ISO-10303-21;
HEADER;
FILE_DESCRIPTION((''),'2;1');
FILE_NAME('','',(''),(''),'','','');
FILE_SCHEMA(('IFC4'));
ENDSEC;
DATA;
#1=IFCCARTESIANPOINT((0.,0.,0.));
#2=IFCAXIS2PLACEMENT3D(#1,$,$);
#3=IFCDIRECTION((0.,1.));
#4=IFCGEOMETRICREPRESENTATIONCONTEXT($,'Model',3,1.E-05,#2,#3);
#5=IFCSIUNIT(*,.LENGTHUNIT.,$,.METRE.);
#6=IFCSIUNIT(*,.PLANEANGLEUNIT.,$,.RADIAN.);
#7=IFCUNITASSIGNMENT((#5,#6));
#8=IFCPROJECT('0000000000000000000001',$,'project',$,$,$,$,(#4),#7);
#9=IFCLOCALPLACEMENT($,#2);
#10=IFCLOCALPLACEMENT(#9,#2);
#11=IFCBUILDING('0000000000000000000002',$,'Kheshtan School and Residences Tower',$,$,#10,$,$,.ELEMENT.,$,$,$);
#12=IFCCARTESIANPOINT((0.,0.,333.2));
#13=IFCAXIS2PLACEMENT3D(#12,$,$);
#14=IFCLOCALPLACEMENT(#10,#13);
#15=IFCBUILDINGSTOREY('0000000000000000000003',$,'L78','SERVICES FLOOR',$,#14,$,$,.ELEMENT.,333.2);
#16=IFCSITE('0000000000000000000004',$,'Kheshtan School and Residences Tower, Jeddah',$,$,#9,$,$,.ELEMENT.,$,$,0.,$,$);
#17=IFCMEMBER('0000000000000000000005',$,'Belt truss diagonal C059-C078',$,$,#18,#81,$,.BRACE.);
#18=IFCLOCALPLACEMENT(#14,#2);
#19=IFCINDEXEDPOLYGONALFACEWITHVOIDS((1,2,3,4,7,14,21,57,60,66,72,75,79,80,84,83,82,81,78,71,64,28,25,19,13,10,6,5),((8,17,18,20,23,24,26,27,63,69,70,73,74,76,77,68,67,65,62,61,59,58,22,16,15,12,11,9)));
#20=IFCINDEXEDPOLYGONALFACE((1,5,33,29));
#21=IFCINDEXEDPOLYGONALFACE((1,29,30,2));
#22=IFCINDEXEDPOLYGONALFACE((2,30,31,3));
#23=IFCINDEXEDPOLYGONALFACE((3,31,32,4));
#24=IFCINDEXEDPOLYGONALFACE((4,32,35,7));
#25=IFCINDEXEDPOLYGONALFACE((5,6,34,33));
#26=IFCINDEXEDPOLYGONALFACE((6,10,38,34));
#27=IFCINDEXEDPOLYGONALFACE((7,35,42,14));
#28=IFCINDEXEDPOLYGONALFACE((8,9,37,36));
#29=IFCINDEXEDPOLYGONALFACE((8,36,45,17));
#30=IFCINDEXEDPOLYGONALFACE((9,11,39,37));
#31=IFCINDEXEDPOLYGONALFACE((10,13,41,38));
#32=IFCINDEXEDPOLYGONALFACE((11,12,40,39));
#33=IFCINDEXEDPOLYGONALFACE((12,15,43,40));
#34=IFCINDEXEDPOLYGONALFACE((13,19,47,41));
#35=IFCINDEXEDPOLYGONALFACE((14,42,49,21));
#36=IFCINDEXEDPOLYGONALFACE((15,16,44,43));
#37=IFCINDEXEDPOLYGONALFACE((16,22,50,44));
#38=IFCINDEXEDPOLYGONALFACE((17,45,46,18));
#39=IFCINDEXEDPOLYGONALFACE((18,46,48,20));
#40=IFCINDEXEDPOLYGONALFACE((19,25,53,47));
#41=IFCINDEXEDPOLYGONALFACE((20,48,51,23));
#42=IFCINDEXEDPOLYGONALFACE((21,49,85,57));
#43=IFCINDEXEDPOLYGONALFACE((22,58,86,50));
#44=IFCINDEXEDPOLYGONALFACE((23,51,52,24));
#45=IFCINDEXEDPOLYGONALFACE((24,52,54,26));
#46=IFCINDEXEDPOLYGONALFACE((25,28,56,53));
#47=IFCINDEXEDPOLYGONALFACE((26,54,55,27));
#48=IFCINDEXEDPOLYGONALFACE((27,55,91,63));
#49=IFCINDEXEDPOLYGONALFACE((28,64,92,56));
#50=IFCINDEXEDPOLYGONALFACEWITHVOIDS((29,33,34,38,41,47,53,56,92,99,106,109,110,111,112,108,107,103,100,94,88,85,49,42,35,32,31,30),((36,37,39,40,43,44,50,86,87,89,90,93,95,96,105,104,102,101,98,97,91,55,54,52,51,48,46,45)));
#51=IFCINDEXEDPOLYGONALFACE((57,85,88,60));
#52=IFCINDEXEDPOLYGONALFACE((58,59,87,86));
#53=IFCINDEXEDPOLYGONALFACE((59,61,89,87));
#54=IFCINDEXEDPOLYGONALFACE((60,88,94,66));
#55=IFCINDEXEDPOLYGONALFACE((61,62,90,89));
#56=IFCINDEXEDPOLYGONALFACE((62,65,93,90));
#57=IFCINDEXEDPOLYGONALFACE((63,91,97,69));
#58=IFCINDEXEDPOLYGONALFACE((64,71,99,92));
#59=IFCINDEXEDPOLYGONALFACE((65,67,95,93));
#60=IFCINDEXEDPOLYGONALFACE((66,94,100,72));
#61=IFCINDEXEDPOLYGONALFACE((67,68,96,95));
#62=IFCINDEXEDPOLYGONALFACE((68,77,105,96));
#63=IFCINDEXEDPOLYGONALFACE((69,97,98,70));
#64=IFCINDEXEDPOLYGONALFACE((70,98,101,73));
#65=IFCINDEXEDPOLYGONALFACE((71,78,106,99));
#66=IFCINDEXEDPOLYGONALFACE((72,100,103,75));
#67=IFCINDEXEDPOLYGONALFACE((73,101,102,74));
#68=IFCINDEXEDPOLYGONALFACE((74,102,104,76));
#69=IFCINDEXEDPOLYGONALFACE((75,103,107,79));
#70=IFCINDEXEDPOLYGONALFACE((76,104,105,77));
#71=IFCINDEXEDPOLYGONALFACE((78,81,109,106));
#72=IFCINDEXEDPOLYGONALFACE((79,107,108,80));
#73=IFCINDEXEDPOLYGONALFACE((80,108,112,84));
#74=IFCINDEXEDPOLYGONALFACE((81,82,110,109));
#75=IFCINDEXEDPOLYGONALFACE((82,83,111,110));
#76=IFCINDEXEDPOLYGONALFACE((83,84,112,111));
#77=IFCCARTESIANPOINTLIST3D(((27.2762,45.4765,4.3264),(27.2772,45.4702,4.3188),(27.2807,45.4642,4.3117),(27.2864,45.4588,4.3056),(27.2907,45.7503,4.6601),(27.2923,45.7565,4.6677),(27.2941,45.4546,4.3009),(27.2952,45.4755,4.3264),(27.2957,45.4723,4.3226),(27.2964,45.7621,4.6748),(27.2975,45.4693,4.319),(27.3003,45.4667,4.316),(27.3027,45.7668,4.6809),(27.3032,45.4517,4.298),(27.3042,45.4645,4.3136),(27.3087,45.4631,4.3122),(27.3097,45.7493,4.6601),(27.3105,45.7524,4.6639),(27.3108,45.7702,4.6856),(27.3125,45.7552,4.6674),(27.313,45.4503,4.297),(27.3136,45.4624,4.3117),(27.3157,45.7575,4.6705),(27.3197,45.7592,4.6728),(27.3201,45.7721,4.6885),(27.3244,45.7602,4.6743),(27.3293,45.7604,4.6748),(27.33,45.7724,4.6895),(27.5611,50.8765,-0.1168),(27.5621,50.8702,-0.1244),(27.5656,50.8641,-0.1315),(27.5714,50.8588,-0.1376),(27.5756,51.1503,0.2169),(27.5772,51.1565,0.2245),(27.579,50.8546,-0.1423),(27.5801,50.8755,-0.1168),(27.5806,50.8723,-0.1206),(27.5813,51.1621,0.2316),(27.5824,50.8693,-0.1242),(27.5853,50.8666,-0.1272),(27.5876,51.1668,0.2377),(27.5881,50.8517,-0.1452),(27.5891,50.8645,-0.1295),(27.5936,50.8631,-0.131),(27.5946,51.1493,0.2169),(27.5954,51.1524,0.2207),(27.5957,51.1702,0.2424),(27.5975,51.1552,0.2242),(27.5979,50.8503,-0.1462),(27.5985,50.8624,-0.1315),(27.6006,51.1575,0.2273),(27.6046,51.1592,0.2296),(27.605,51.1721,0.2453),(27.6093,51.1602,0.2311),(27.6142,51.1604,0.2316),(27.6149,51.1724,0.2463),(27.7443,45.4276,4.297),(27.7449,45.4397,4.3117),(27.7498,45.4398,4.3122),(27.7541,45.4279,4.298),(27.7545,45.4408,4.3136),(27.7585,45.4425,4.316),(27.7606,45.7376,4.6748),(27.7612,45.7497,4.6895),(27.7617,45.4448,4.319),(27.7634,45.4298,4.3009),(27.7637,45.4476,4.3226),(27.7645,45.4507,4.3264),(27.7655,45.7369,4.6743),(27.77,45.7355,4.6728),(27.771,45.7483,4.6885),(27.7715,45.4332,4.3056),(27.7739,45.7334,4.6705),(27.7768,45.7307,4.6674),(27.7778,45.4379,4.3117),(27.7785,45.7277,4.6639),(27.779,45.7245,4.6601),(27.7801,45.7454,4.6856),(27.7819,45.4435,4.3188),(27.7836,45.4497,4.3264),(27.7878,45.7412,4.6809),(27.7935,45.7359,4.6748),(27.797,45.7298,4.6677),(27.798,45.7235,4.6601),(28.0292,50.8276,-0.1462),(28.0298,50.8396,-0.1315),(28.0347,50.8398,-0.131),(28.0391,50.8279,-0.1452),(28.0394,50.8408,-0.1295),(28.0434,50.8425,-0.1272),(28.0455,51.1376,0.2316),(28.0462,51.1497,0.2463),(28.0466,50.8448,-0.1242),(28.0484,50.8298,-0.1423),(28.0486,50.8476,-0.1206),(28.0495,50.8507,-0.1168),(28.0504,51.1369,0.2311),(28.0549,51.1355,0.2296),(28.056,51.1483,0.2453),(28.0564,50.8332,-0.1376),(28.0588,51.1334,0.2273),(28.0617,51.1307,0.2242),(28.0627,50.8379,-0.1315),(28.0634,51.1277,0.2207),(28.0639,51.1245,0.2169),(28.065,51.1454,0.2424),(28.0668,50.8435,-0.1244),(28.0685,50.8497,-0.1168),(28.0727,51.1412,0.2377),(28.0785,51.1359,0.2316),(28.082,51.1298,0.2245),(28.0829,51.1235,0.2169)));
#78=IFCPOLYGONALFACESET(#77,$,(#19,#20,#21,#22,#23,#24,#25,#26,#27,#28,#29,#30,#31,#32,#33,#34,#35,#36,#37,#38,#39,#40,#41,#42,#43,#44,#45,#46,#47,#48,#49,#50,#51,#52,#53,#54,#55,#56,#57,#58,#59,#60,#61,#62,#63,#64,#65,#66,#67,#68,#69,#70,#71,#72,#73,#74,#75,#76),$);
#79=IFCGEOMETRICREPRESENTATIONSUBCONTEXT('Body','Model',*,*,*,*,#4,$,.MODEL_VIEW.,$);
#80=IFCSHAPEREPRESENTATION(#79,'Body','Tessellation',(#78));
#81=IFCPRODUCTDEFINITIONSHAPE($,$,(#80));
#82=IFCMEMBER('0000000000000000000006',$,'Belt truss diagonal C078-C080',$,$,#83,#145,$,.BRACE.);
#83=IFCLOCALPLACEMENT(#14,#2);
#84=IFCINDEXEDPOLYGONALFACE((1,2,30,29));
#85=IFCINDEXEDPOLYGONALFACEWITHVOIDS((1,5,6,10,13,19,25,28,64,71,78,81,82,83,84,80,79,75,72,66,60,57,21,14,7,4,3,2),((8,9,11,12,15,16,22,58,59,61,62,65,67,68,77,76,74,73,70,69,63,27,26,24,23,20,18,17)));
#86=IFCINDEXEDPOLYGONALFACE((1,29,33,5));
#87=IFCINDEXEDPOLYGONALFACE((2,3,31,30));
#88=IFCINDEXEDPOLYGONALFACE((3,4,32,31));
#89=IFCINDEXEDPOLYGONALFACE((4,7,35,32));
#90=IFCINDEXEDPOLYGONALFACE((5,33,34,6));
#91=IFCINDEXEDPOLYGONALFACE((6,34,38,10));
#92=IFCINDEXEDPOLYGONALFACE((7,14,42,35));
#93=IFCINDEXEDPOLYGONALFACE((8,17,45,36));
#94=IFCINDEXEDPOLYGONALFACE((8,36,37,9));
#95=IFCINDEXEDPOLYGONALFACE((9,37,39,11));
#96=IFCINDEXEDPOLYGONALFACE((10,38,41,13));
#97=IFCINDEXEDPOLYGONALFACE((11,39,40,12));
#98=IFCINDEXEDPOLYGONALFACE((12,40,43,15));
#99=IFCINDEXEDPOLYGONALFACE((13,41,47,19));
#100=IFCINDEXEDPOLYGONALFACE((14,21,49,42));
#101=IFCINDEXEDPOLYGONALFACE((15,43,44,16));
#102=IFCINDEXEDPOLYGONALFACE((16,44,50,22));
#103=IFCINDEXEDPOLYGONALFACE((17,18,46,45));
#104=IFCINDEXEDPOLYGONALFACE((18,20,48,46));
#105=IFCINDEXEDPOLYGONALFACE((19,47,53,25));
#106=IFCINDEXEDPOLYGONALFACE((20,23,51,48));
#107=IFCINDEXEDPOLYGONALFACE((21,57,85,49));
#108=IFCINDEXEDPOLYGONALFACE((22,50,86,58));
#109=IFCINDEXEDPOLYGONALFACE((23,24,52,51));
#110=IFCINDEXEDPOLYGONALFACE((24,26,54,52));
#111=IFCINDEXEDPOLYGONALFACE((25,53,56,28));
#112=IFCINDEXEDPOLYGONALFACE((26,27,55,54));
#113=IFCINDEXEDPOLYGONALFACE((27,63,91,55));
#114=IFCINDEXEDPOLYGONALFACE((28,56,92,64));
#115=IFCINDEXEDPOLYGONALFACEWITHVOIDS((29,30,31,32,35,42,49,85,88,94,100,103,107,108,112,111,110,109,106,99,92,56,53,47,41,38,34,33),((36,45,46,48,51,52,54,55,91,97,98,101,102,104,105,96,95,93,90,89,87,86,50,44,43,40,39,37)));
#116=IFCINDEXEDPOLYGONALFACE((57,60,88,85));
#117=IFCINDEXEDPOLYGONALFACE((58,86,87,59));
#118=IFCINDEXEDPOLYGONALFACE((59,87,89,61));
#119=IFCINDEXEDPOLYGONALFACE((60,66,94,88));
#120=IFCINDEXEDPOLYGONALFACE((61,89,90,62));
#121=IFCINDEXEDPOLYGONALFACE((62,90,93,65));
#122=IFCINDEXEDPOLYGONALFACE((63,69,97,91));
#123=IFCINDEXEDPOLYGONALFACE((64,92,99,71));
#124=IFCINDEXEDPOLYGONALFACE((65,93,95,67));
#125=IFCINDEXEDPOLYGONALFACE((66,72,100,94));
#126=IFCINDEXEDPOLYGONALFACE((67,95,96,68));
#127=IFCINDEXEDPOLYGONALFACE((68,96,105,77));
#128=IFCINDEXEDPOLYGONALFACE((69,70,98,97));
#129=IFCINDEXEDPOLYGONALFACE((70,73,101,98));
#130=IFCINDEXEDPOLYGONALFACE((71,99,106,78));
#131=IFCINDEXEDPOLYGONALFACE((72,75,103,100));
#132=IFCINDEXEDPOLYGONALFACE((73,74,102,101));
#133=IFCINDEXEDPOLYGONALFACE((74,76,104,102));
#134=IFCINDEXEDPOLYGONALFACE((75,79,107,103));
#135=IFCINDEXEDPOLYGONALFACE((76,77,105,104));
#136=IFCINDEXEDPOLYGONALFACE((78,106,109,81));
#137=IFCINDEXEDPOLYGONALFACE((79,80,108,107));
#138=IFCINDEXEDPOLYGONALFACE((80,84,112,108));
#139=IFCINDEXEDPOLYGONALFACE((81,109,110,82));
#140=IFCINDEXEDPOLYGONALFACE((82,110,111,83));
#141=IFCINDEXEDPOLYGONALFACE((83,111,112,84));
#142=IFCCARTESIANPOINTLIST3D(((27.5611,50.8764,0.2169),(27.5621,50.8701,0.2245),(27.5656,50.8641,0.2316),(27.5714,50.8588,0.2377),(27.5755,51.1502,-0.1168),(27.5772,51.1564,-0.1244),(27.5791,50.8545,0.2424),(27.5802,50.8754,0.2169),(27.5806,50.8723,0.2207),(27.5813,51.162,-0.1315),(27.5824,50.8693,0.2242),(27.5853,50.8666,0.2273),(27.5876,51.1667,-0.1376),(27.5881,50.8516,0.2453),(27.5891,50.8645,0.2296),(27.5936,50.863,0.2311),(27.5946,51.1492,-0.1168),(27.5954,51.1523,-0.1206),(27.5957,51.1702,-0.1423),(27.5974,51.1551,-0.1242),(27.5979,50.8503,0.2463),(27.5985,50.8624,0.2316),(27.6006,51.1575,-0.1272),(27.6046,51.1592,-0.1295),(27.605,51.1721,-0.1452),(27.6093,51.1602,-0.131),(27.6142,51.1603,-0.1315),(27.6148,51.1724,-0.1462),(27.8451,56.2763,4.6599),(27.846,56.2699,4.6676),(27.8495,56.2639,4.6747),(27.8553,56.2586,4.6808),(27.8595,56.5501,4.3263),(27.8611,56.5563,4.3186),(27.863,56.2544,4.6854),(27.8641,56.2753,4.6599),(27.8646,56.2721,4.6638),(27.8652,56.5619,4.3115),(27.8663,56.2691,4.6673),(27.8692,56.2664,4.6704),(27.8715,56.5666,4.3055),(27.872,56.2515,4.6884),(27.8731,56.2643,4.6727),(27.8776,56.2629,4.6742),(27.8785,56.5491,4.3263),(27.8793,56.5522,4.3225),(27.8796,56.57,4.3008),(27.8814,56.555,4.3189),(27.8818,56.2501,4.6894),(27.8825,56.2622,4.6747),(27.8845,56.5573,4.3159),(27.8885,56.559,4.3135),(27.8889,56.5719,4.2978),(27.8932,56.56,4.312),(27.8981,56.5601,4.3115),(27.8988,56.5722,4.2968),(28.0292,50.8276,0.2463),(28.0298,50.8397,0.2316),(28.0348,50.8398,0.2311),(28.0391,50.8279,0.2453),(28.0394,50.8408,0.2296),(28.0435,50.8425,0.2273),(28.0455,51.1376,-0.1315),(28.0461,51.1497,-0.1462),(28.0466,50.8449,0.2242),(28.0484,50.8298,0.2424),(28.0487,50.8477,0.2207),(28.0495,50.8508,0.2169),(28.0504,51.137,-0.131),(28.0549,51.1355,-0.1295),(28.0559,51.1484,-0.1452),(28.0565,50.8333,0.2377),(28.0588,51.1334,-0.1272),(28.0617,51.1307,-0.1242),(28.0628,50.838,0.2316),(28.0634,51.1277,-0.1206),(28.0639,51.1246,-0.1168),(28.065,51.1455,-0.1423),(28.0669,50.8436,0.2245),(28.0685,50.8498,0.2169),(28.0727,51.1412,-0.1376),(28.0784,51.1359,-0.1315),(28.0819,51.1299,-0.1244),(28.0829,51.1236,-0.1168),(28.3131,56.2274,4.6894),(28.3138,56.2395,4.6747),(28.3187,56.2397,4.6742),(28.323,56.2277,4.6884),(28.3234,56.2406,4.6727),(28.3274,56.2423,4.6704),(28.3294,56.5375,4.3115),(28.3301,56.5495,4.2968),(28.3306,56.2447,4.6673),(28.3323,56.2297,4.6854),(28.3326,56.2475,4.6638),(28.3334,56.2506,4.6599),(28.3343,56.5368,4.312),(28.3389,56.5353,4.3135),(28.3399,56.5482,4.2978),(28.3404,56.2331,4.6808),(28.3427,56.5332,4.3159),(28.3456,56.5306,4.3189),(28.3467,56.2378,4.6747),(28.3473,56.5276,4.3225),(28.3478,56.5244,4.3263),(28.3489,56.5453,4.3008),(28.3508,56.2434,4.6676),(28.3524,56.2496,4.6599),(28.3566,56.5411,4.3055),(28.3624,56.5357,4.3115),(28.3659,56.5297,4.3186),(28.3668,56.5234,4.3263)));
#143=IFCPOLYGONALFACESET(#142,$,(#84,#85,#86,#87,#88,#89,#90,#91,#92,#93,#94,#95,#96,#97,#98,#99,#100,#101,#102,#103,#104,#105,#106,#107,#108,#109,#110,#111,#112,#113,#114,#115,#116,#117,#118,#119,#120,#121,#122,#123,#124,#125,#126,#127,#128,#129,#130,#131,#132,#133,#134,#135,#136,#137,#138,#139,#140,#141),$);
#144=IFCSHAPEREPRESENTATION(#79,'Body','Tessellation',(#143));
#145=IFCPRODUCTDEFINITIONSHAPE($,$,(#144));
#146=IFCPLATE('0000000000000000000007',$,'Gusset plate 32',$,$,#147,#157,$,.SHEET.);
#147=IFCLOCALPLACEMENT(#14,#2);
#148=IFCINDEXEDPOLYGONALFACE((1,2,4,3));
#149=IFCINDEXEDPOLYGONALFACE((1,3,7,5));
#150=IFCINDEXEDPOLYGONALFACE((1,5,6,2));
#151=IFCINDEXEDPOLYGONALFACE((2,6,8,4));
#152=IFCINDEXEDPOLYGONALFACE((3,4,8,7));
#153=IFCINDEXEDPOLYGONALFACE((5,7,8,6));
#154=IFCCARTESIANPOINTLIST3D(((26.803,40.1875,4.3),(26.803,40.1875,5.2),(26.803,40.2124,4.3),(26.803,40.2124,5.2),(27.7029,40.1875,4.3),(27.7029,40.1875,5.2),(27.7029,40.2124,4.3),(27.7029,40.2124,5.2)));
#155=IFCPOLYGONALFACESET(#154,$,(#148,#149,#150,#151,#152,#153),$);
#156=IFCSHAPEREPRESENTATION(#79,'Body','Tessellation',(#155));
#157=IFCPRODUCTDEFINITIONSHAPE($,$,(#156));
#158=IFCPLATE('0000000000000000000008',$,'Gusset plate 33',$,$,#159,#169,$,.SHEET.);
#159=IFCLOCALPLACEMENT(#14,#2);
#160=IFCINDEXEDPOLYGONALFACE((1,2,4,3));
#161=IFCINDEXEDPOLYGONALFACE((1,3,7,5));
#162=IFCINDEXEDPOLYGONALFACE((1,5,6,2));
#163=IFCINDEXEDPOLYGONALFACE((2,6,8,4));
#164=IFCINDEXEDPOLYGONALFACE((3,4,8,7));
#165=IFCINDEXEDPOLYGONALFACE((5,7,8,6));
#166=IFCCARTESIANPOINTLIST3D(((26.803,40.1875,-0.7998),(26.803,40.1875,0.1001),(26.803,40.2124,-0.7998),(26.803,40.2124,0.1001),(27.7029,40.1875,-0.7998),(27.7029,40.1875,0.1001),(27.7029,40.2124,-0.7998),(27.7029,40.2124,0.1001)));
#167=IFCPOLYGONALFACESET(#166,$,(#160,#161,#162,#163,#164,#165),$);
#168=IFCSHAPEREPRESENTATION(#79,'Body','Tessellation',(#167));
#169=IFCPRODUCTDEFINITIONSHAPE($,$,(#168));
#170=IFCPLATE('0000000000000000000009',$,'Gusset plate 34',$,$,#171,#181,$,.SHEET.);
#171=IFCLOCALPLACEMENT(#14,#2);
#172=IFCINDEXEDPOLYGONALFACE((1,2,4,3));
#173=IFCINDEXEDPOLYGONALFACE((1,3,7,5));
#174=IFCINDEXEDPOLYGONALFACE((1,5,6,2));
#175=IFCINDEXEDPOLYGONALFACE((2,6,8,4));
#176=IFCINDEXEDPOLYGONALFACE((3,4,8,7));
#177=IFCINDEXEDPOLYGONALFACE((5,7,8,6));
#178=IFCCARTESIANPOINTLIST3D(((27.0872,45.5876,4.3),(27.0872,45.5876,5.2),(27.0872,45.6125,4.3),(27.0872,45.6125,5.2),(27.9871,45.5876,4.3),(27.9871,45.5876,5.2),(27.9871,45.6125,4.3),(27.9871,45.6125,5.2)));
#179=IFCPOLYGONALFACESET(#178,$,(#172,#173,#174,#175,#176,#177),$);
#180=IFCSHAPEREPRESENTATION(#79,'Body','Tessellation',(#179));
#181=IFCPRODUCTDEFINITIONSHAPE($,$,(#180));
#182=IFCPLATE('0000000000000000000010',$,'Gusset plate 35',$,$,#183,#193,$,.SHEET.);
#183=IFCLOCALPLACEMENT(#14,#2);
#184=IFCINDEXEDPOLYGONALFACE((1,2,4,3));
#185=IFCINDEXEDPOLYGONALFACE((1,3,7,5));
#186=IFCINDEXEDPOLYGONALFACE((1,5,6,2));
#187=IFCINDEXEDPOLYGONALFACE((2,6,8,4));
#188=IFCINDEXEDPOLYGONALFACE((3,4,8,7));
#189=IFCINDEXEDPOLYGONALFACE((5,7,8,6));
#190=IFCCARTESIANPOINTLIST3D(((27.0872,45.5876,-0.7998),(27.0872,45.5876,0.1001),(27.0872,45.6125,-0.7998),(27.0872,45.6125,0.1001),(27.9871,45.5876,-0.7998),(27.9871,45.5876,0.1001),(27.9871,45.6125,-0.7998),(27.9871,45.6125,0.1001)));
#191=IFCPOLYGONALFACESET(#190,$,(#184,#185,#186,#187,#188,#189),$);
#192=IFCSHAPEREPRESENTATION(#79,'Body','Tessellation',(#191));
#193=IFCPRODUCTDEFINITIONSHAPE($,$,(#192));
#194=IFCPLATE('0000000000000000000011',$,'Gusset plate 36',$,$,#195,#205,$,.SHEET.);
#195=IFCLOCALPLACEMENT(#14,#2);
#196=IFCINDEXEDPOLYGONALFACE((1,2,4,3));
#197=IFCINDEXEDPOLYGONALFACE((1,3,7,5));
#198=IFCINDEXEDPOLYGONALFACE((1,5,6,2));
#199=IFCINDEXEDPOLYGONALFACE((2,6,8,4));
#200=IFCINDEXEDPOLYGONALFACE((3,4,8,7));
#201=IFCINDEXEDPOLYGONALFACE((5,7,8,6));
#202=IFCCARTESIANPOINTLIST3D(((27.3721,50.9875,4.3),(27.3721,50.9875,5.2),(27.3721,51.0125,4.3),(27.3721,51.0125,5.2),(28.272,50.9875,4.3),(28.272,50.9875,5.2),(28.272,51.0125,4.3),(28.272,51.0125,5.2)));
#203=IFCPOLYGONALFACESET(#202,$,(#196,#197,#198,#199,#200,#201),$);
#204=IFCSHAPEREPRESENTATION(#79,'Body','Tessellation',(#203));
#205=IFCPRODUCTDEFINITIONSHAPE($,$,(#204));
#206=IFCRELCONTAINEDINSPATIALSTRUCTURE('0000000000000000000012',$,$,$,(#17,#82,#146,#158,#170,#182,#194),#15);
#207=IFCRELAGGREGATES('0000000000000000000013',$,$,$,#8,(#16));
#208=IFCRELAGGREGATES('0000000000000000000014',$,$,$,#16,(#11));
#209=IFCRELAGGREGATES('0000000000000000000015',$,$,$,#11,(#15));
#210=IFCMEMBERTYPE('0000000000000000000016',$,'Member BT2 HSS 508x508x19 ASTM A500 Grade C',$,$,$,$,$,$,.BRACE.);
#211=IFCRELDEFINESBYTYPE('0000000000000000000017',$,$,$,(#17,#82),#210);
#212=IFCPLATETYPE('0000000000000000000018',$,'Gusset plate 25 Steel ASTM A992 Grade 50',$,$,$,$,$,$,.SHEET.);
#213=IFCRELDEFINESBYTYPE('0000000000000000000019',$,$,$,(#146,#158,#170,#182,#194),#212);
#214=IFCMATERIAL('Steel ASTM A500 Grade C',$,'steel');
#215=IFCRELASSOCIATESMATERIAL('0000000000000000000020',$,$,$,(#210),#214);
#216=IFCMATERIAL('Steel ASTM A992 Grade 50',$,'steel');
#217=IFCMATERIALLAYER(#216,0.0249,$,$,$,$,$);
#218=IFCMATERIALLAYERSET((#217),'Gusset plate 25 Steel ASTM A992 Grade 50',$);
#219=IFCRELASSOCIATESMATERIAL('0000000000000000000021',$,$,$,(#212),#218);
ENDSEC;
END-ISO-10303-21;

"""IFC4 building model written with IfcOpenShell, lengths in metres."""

from ifc_helpers import new_model, si_unit, direction, frame, origin, origin_2d, place, context, subcontext, project, spatial, rectangle, hollow_rectangle, extrude, material, layer, layer_set, material_profile, profile_set, type_object, element, save


model = new_model("IFC4")

# Units and contexts
model_context = context("Model", 3, precision=1e-05, world=origin(), true_north=direction((0.0, 1.0)))
body_context = subcontext(model_context, "Body", "Model", "MODEL_VIEW")
ifc_project = project(units=[si_unit("LENGTHUNIT", "METRE"), si_unit("PLANEANGLEUNIT", "RADIAN")], contexts=[model_context])

# Site, building, storey
site_placement = place(None, origin())
site = spatial("IfcSite", under=ifc_project, at=site_placement, Name="Kheshtan School and Residences Tower, Jeddah", CompositionType="ELEMENT", RefElevation=0.0)
building_placement = place(site_placement, origin())
building = spatial("IfcBuilding", under=site, at=building_placement, Name="Kheshtan School and Residences Tower", CompositionType="ELEMENT")
storey_placement = place(building_placement, frame((0.0, 0.0, 333.2)))
storey = spatial("IfcBuildingStorey", under=building, at=storey_placement, Name="L78", Description="SERVICES FLOOR", CompositionType="ELEMENT", Elevation=333.2)

# Shared definitions
ifc_material_1 = material(Name="Steel ASTM A992 Grade 50", Category="steel")

# Members
ifc_material_2 = material(Name="Steel ASTM A500 Grade C", Category="steel")
ifc_material_profile_1 = material_profile(ifc_material_2, hollow_rectangle(XDim=0.5081, YDim=0.5081, WallThickness=0.019, InnerFilletRadius=0.019, OuterFilletRadius=0.0381, at=origin_2d()), Name="HSS 508x508x19")
ifc_profile_set_1 = profile_set([ifc_material_profile_1], Name="Steel ASTM A500 Grade C")
member_type = type_object("IfcMemberType", Name="Member BT2 HSS 508x508x19 ASTM A500 Grade C", PredefinedType="BRACE", material=ifc_profile_set_1)
for number, where, z_axis, x_axis, name in (
    (1, (27.822, 51.0, 0.05), (-0.040709, -0.771561, 0.634851), (0.998611, -0.052689, 0.0), "Belt truss diagonal C059-C078"),
):
    element("IfcMember", number, at=place(storey_placement, frame(where, z_axis=z_axis, x_axis=x_axis)), inside=storey, type_object=member_type, Name=name, PredefinedType="BRACE", context=body_context, shape_type="SweptSolid", body=[
        extrude(hollow_rectangle(XDim=0.5081, YDim=0.5081, WallThickness=0.019, InnerFilletRadius=0.019, OuterFilletRadius=0.0381, at=origin_2d()), origin(), (0.0, 0.0, 1.0), 6.9988),
    ])
member_1_placement = place(storey_placement, frame((27.822, 51.0, 0.05), z_axis=(0.04057, 0.771566, 0.634855), x_axis=(-0.99862, 0.052509, 0.0)))
element("IfcMember", 2, at=member_1_placement, inside=storey, type_object=member_type, Name="Belt truss diagonal C078-C080", PredefinedType="BRACE", context=body_context, shape_type="SweptSolid", body=[
    extrude(hollow_rectangle(XDim=0.5081, YDim=0.5081, WallThickness=0.019, InnerFilletRadius=0.019, OuterFilletRadius=0.0381, at=origin_2d()), origin(), (0.0, 0.0, 1.0), 6.9985),
])

# Plates
ifc_layer_1 = layer(ifc_material_1, 0.0249)
ifc_layer_set_1 = layer_set([ifc_layer_1], Name="Gusset plate 25 Steel ASTM A992 Grade 50")
plate_type = type_object("IfcPlateType", Name="Gusset plate 25 Steel ASTM A992 Grade 50", PredefinedType="SHEET", material=ifc_layer_set_1)
for number, where, z_axis, x_axis, name in (
    (3, (27.2529, 40.2, 4.3), (0.0, 0.0, 1.0), (1.0, 0.0, 0.0), "Gusset plate 32"),
    (4, (27.2529, 40.2, -0.7998), (0.0, 0.0, 1.0), (1.0, 0.0, 0.0), "Gusset plate 33"),
    (5, (27.5371, 45.6001, 4.3), (0.0, 0.0, 1.0), (1.0, 0.0, 0.0), "Gusset plate 34"),
    (6, (27.5371, 45.6001, -0.7998), (0.0, 0.0, 1.0), (1.0, 0.0, 0.0), "Gusset plate 35"),
    (7, (27.822, 51.0, 4.3), (0.0, 0.0, 1.0), (1.0, 0.0, 0.0), "Gusset plate 36"),
):
    element("IfcPlate", number, at=place(storey_placement, frame(where, z_axis=z_axis, x_axis=x_axis)), inside=storey, type_object=plate_type, Name=name, PredefinedType="SHEET", context=body_context, shape_type="SweptSolid", body=[
        extrude(rectangle(XDim=0.8999, YDim=0.0249, at=origin_2d()), origin(), (0.0, 0.0, 1.0), 0.8999),
    ])

save(model, "model.ifc")
